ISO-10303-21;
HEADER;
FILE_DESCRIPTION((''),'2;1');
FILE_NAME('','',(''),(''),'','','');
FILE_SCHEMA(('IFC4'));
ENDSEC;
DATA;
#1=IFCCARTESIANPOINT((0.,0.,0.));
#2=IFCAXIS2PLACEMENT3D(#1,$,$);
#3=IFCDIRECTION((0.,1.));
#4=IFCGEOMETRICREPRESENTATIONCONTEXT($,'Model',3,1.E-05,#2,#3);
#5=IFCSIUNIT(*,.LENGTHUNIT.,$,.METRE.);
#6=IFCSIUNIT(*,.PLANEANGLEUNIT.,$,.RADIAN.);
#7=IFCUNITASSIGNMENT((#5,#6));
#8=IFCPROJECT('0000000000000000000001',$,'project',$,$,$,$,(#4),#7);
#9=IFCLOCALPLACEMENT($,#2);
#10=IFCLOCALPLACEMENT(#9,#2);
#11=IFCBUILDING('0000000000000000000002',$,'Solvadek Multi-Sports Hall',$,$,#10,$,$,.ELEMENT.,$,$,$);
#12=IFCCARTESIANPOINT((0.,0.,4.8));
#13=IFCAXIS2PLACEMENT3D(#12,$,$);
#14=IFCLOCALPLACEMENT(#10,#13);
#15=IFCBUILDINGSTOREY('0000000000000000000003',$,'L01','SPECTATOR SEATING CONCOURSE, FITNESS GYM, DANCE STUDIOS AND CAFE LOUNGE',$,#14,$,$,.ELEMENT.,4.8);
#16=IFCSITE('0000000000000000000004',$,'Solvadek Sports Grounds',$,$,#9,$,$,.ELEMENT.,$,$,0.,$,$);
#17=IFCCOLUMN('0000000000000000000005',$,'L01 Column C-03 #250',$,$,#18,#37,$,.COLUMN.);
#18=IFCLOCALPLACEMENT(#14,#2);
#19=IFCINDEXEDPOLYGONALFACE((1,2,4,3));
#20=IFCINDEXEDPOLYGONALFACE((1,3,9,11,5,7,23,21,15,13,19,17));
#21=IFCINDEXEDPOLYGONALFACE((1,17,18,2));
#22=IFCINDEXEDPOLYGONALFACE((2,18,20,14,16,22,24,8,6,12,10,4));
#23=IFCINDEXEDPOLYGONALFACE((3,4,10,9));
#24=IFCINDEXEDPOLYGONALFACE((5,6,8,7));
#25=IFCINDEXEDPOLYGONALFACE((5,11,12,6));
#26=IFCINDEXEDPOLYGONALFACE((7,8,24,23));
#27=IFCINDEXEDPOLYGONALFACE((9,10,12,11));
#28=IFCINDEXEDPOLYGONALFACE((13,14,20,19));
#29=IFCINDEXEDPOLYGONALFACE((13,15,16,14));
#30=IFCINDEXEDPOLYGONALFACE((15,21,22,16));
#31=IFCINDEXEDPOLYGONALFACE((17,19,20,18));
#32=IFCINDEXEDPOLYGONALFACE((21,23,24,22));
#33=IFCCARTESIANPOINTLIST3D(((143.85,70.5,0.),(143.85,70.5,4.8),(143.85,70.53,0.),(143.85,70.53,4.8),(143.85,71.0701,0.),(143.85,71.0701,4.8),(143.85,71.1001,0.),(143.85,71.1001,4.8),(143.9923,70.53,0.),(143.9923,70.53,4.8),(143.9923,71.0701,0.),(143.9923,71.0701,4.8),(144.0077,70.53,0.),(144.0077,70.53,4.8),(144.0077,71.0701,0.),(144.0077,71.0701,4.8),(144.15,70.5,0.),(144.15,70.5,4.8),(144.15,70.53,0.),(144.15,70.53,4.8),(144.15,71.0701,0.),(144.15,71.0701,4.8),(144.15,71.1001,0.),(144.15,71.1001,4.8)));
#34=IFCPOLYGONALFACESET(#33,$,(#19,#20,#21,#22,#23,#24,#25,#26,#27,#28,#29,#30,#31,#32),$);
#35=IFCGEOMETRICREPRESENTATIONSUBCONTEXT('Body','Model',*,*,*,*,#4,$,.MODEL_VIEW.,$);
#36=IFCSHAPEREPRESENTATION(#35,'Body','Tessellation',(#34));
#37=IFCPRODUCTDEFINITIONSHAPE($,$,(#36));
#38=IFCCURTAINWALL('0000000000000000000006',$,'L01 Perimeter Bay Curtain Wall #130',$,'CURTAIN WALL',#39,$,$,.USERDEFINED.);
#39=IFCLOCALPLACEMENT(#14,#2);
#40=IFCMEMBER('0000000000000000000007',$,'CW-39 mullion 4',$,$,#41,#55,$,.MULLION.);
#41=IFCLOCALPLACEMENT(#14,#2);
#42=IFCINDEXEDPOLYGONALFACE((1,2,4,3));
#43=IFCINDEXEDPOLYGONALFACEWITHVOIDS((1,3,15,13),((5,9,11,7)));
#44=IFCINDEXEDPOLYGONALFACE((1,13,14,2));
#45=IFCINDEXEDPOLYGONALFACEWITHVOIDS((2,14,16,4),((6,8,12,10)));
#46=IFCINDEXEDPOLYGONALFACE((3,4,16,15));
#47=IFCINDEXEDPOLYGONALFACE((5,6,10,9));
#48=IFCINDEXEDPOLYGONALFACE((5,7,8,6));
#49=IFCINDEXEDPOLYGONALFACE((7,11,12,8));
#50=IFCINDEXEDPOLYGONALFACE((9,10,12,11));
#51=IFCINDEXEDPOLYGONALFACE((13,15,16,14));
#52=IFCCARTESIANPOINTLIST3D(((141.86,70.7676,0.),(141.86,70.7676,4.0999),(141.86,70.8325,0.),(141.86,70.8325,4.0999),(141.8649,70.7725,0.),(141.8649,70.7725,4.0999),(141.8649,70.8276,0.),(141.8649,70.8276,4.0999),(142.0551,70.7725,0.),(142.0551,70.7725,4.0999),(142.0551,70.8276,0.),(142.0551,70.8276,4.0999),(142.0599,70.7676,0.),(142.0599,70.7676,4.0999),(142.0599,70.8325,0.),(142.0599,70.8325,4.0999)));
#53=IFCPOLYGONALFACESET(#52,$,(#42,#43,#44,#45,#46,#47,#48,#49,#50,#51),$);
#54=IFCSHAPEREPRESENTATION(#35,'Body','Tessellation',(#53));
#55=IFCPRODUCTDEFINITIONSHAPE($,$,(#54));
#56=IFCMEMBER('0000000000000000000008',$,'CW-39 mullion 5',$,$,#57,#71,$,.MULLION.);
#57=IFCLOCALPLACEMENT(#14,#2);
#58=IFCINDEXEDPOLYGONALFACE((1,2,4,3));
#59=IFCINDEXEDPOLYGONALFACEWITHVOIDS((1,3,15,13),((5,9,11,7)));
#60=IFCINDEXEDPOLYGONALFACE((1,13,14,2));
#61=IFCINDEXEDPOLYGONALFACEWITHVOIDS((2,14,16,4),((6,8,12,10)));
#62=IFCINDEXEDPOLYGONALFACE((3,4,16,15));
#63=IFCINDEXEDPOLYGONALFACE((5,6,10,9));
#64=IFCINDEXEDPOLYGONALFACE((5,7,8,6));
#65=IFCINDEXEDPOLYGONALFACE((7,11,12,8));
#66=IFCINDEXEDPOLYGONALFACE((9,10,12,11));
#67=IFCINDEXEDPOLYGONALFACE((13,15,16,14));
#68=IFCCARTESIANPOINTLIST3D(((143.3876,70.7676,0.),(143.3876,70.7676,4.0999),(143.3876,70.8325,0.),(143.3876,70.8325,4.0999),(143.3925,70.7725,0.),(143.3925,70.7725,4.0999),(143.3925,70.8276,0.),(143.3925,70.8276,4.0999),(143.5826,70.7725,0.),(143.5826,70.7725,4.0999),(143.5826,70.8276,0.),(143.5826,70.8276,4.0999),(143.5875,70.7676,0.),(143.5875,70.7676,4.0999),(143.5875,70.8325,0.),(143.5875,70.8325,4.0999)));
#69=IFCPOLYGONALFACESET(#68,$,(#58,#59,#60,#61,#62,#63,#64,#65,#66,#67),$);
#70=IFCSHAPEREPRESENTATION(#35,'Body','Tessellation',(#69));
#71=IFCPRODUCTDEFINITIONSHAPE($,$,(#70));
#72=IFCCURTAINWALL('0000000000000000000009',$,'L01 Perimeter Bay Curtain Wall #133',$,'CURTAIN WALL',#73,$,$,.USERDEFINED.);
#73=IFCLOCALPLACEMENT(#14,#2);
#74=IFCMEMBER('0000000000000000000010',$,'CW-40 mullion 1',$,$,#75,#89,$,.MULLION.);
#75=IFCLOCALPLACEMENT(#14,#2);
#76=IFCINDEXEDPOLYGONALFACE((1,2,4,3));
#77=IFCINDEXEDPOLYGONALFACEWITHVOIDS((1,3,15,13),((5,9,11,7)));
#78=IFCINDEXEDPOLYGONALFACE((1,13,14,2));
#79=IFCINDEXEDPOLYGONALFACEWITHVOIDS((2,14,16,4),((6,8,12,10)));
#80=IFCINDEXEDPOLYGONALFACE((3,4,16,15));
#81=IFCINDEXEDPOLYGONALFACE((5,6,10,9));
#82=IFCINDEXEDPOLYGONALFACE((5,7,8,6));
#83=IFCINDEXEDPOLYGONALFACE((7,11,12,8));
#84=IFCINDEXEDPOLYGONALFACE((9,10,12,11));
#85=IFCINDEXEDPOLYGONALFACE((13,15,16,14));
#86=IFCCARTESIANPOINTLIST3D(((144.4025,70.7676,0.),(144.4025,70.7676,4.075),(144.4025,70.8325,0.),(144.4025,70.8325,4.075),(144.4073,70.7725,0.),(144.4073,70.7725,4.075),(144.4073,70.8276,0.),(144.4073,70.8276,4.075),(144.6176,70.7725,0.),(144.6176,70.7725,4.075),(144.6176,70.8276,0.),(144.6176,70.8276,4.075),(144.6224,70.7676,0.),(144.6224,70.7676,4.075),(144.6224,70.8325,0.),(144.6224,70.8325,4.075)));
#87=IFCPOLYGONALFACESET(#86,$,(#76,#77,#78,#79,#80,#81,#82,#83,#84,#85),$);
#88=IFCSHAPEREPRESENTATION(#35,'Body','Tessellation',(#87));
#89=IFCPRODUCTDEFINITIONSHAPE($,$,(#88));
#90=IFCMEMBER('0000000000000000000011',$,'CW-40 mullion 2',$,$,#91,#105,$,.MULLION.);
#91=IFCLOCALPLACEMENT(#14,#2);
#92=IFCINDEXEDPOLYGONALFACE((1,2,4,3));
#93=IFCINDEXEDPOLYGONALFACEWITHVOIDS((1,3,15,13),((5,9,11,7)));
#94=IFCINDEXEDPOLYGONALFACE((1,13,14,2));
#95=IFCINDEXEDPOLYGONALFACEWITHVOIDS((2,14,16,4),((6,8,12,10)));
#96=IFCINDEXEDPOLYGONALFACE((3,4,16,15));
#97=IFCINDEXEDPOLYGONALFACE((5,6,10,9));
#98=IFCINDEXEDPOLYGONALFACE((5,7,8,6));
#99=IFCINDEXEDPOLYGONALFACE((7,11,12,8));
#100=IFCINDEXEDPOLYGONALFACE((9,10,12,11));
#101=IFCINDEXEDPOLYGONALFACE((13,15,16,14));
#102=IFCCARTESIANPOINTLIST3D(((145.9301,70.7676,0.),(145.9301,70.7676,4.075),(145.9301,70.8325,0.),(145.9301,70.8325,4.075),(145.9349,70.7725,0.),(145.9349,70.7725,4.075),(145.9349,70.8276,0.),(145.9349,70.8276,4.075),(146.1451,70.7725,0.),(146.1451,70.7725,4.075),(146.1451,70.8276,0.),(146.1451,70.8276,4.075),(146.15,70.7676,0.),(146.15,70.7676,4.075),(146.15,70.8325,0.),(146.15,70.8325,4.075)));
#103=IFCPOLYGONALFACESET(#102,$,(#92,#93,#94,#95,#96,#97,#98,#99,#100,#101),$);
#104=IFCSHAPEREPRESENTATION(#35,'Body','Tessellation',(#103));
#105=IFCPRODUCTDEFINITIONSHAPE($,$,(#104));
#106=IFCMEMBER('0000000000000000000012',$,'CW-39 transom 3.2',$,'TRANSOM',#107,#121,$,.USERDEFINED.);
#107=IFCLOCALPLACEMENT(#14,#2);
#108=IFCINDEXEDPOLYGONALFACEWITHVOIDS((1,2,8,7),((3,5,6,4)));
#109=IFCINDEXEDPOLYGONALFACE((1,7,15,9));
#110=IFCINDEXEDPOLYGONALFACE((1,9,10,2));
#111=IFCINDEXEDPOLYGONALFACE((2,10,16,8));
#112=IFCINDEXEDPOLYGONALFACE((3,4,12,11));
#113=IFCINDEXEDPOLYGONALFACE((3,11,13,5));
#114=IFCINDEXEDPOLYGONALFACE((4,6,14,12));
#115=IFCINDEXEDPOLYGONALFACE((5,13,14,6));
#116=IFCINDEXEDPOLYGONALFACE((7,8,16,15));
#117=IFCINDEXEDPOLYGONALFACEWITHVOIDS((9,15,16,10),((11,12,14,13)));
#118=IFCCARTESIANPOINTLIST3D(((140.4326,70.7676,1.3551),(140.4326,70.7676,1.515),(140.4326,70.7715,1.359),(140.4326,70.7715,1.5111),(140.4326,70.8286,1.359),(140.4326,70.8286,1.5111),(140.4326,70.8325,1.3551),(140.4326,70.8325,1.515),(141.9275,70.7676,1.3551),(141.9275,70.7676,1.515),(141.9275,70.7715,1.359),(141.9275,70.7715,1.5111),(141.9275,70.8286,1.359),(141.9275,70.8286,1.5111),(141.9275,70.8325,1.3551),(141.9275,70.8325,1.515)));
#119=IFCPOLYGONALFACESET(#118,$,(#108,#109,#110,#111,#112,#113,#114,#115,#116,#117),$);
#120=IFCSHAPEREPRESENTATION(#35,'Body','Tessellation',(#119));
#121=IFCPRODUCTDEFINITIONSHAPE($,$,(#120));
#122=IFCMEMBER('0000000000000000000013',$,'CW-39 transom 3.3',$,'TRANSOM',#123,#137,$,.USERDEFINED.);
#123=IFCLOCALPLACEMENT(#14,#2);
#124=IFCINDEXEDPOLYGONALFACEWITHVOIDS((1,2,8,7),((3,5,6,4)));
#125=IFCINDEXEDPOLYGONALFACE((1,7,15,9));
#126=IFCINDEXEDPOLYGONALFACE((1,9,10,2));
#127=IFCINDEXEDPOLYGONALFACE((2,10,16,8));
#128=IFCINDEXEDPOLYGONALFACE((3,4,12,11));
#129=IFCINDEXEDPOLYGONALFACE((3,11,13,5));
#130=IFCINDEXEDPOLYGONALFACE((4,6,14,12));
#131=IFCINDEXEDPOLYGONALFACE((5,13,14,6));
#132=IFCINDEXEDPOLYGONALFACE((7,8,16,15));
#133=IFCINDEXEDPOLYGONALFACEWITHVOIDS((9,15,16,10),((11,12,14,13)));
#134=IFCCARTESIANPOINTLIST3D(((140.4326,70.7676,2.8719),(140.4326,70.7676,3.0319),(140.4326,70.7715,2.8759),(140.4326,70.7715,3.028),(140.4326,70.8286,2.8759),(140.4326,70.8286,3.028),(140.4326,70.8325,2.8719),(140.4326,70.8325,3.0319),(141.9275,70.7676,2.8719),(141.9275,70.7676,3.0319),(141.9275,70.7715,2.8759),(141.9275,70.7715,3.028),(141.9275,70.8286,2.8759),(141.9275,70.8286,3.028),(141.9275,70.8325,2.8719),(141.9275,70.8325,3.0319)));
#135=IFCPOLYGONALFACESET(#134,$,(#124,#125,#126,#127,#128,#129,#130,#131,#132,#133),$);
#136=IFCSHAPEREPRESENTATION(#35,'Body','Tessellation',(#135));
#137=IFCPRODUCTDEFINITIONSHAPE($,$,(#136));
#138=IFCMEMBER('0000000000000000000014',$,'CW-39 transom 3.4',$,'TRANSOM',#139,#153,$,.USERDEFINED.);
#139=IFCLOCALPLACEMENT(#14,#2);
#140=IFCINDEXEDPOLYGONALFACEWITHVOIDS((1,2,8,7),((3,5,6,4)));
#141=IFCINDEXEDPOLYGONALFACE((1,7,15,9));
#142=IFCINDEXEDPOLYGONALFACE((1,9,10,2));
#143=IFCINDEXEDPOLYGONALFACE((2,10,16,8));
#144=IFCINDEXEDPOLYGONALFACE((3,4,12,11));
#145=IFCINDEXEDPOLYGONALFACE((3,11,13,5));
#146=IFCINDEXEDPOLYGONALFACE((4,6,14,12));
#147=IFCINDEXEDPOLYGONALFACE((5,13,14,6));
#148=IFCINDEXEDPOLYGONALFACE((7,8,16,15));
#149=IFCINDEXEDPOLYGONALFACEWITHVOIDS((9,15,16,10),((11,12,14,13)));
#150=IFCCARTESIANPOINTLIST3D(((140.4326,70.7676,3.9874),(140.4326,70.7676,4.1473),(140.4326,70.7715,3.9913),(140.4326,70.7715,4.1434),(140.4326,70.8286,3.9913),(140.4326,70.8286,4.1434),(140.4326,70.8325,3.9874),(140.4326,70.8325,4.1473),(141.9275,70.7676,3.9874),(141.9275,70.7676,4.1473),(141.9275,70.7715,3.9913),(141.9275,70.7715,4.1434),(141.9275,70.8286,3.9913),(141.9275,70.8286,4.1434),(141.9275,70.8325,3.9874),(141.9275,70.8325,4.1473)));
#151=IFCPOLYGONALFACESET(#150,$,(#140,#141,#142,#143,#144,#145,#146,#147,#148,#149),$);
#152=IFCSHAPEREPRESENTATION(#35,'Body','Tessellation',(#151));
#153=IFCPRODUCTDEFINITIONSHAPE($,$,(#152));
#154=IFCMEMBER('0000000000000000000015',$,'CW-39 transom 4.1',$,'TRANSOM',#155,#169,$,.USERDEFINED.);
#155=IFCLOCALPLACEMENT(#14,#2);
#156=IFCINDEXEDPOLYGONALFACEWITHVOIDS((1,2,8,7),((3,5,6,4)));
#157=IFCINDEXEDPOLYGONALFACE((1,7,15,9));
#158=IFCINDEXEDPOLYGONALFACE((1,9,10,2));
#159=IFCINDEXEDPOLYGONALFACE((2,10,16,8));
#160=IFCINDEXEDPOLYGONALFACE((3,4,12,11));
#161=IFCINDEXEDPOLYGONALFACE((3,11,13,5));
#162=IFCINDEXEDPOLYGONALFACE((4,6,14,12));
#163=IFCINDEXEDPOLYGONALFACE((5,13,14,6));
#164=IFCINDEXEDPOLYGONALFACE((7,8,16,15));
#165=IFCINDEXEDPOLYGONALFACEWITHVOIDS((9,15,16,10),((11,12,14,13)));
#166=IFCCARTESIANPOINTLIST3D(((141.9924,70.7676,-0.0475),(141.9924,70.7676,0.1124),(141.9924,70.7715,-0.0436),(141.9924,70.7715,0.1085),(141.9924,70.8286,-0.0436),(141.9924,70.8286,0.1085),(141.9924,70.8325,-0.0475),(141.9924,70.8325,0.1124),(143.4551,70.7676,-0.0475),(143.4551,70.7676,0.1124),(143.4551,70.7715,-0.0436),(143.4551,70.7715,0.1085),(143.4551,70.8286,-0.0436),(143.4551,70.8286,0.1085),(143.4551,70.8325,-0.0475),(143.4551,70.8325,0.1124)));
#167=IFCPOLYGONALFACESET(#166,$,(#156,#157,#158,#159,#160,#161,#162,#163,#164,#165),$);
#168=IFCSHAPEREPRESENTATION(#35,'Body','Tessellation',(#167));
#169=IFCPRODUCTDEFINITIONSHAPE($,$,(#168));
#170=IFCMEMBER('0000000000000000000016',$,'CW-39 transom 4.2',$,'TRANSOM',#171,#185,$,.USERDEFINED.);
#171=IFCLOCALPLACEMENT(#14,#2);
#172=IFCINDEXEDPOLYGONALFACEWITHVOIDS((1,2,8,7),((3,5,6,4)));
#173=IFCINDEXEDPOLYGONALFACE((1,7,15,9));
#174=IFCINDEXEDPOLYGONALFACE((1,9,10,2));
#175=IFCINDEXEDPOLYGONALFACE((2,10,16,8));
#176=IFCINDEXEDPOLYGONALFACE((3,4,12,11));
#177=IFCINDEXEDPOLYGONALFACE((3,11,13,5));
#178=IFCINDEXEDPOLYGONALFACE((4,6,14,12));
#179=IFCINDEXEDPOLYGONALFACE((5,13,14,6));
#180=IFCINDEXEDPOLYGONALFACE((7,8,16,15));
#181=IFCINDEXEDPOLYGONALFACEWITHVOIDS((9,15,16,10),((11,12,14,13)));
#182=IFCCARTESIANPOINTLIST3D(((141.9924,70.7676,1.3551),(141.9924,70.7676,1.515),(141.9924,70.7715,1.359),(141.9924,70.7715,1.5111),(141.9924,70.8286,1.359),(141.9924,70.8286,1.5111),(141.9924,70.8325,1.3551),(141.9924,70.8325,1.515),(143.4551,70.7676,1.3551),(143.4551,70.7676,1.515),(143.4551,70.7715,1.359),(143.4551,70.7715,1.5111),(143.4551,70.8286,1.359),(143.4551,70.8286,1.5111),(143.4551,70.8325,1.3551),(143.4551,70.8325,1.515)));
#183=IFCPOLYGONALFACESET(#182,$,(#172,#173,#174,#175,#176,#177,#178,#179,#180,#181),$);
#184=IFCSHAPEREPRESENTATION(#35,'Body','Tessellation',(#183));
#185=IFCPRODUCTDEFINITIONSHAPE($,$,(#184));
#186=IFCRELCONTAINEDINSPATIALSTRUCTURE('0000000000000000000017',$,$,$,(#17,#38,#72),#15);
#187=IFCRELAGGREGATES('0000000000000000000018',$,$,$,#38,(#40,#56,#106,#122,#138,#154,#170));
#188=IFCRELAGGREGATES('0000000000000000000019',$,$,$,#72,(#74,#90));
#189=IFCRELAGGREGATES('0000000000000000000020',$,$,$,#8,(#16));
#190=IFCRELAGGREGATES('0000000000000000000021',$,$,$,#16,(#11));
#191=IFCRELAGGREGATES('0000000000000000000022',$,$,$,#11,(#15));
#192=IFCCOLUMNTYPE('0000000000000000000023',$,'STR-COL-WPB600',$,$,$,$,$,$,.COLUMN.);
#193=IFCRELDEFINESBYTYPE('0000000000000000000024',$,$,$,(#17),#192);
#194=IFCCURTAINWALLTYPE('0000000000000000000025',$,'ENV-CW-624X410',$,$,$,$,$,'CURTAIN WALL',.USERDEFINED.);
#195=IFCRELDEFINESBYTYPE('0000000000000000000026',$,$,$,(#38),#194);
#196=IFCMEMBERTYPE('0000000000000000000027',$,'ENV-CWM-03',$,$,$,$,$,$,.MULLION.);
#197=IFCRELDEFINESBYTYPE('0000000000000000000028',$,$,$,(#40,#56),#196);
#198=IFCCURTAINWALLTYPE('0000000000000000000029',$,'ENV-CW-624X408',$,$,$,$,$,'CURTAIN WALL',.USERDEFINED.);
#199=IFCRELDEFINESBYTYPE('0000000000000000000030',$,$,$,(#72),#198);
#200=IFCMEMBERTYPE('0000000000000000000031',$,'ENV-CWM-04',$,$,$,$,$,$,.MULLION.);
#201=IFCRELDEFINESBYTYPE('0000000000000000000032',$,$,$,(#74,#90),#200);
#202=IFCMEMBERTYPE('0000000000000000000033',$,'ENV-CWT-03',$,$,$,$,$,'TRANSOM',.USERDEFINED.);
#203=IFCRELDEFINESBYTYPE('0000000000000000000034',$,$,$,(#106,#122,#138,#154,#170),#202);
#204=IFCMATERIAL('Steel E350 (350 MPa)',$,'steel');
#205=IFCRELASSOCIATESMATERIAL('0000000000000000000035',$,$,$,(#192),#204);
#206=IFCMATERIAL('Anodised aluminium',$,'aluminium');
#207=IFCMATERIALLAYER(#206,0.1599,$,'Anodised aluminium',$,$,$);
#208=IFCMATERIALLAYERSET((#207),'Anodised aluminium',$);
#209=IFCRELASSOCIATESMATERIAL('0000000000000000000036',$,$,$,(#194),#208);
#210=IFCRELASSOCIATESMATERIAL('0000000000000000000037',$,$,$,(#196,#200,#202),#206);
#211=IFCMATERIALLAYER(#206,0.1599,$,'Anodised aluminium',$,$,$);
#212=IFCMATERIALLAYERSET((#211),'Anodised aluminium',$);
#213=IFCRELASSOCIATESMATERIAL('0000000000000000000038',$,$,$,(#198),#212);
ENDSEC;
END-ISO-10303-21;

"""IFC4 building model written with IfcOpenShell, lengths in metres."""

from ifc_helpers import new_model, si_unit, direction, frame, origin, origin_2d, place, context, subcontext, project, spatial, hollow_rectangle, i_section, extrude, material, layer, layer_set, material_profile, profile_set, type_object, element, aggregate, save


model = new_model("IFC4")

# Units and contexts
model_context = context("Model", 3, precision=1e-05, world=origin(), true_north=direction((0.0, 1.0)))
body_context = subcontext(model_context, "Body", "Model", "MODEL_VIEW")
ifc_project = project(units=[si_unit("LENGTHUNIT", "METRE"), si_unit("PLANEANGLEUNIT", "RADIAN")], contexts=[model_context])

# Site, building, storey
site_placement = place(None, origin())
site = spatial("IfcSite", under=ifc_project, at=site_placement, Name="Solvadek Sports Grounds", CompositionType="ELEMENT", RefElevation=0.0)
building_placement = place(site_placement, origin())
building = spatial("IfcBuilding", under=site, at=building_placement, Name="Solvadek Multi-Sports Hall", CompositionType="ELEMENT")
storey_placement = place(building_placement, frame((0.0, 0.0, 4.8)))
storey = spatial("IfcBuildingStorey", under=building, at=storey_placement, Name="L01", Description="SPECTATOR SEATING CONCOURSE, FITNESS GYM, DANCE STUDIOS AND CAFE LOUNGE", CompositionType="ELEMENT", Elevation=4.8)

# Column
ifc_material_1 = material(Name="Steel E350 (350 MPa)", Category="steel")
ifc_material_profile_1 = material_profile(ifc_material_1, i_section(OverallWidth=0.3, OverallDepth=0.6001, WebThickness=0.0154, FlangeThickness=0.03, at=origin_2d()), Name="WPB 600")
ifc_profile_set_1 = profile_set([ifc_material_profile_1], Name="Steel E350 (350 MPa)")
column_type = type_object("IfcColumnType", Name="STR-COL-WPB600", PredefinedType="COLUMN", material=ifc_profile_set_1)
column_placement = place(storey_placement, frame((144.0, 70.8, 0.0), z_axis=(0.0, 0.0, 1.0), x_axis=(1.0, 0.0, 0.0)))
element("IfcColumn", 1, at=column_placement, inside=storey, type_object=column_type, Name="L01 Column C-03 #250", PredefinedType="COLUMN", context=body_context, shape_type="SweptSolid", body=[
    extrude(i_section(OverallWidth=0.3, OverallDepth=0.6001, WebThickness=0.0154, FlangeThickness=0.03, at=origin_2d()), origin(), (0.0, 0.0, 1.0), 4.8),
])

# Curtain walls, members
ifc_material_2 = material(Name="Anodised aluminium", Category="aluminium")
ifc_layer_1 = layer(ifc_material_2, 0.1599, Name="Anodised aluminium")
ifc_layer_set_1 = layer_set([ifc_layer_1], Name="Anodised aluminium")
curtain_wall_type_1 = type_object("IfcCurtainWallType", Name="ENV-CW-624X410", ElementType="CURTAIN WALL", PredefinedType="USERDEFINED", material=ifc_layer_set_1)
curtain_wall_1_placement = place(storey_placement, origin())
curtain_wall_1 = element("IfcCurtainWall", 2, at=curtain_wall_1_placement, inside=storey, type_object=curtain_wall_type_1, Name="L01 Perimeter Bay Curtain Wall #130", ObjectType="CURTAIN WALL", PredefinedType="USERDEFINED")
ifc_material_profile_2 = material_profile(ifc_material_2, hollow_rectangle(XDim=0.0649, YDim=0.2, WallThickness=0.0049, at=origin_2d()), Name="ALU-M 200x65x5")
ifc_profile_set_2 = profile_set([ifc_material_profile_2], Name="Anodised aluminium")
member_type_1 = type_object("IfcMemberType", Name="ENV-CWM-03", PredefinedType="MULLION", material=ifc_profile_set_2)
member_1_placement = place(storey_placement, frame((141.96, 70.8, 0.0), z_axis=(0.0, 0.0, 1.0), x_axis=(0.0, 1.0, 0.0)))
member_1 = element("IfcMember", 3, at=member_1_placement, type_object=member_type_1, Name="CW-39 mullion 4", PredefinedType="MULLION", context=body_context, shape_type="SweptSolid", body=[
    extrude(hollow_rectangle(XDim=0.0649, YDim=0.2, WallThickness=0.0049, at=origin_2d()), origin(), (0.0, 0.0, 1.0), 4.0999),
])
member_2_placement = place(storey_placement, frame((143.4875, 70.8, 0.0), z_axis=(0.0, 0.0, 1.0), x_axis=(0.0, 1.0, 0.0)))
member_2 = element("IfcMember", 4, at=member_2_placement, type_object=member_type_1, Name="CW-39 mullion 5", PredefinedType="MULLION", context=body_context, shape_type="SweptSolid", body=[
    extrude(hollow_rectangle(XDim=0.0649, YDim=0.2, WallThickness=0.0049, at=origin_2d()), origin(), (0.0, 0.0, 1.0), 4.0999),
])
ifc_layer_2 = layer(ifc_material_2, 0.1599, Name="Anodised aluminium")
ifc_layer_set_2 = layer_set([ifc_layer_2], Name="Anodised aluminium")
curtain_wall_type_2 = type_object("IfcCurtainWallType", Name="ENV-CW-624X408", ElementType="CURTAIN WALL", PredefinedType="USERDEFINED", material=ifc_layer_set_2)
curtain_wall_2_placement = place(storey_placement, origin())
curtain_wall_2 = element("IfcCurtainWall", 5, at=curtain_wall_2_placement, inside=storey, type_object=curtain_wall_type_2, Name="L01 Perimeter Bay Curtain Wall #133", ObjectType="CURTAIN WALL", PredefinedType="USERDEFINED")
ifc_material_profile_3 = material_profile(ifc_material_2, hollow_rectangle(XDim=0.0649, YDim=0.22, WallThickness=0.0049, at=origin_2d()), Name="ALU-M 220x65x5")
ifc_profile_set_3 = profile_set([ifc_material_profile_3], Name="Anodised aluminium")
member_type_2 = type_object("IfcMemberType", Name="ENV-CWM-04", PredefinedType="MULLION", material=ifc_profile_set_3)
member_3_placement = place(storey_placement, frame((144.5125, 70.8, 0.0), z_axis=(0.0, 0.0, 1.0), x_axis=(0.0, 1.0, 0.0)))
member_3 = element("IfcMember", 6, at=member_3_placement, type_object=member_type_2, Name="CW-40 mullion 1", PredefinedType="MULLION", context=body_context, shape_type="SweptSolid", body=[
    extrude(hollow_rectangle(XDim=0.0649, YDim=0.22, WallThickness=0.0049, at=origin_2d()), origin(), (0.0, 0.0, 1.0), 4.075),
])
member_4_placement = place(storey_placement, frame((146.04, 70.8, 0.0), z_axis=(0.0, 0.0, 1.0), x_axis=(0.0, 1.0, 0.0)))
member_4 = element("IfcMember", 7, at=member_4_placement, type_object=member_type_2, Name="CW-40 mullion 2", PredefinedType="MULLION", context=body_context, shape_type="SweptSolid", body=[
    extrude(hollow_rectangle(XDim=0.0649, YDim=0.22, WallThickness=0.0049, at=origin_2d()), origin(), (0.0, 0.0, 1.0), 4.075),
])

# Members
ifc_material_profile_4 = material_profile(ifc_material_2, hollow_rectangle(XDim=0.0649, YDim=0.1599, WallThickness=0.0039, at=origin_2d()), Name="ALU-T 160x65x4")
ifc_profile_set_4 = profile_set([ifc_material_profile_4], Name="Anodised aluminium")
member_type_3 = type_object("IfcMemberType", Name="ENV-CWT-03", ElementType="TRANSOM", PredefinedType="USERDEFINED", material=ifc_profile_set_4)
member_5_placement = place(storey_placement, frame((140.4326, 70.8, 1.4351), z_axis=(1.0, 0.0, 0.0), x_axis=(0.0, 1.0, 0.0)))
member_5 = element("IfcMember", 8, at=member_5_placement, type_object=member_type_3, Name="CW-39 transom 3.2", ObjectType="TRANSOM", PredefinedType="USERDEFINED", context=body_context, shape_type="SweptSolid", body=[
    extrude(hollow_rectangle(XDim=0.0649, YDim=0.1599, WallThickness=0.0039, at=origin_2d()), origin(), (0.0, 0.0, 1.0), 1.4949),
])
member_6_placement = place(storey_placement, frame((140.4326, 70.8, 2.9519), z_axis=(1.0, 0.0, 0.0), x_axis=(0.0, 1.0, 0.0)))
member_6 = element("IfcMember", 9, at=member_6_placement, type_object=member_type_3, Name="CW-39 transom 3.3", ObjectType="TRANSOM", PredefinedType="USERDEFINED", context=body_context, shape_type="SweptSolid", body=[
    extrude(hollow_rectangle(XDim=0.0649, YDim=0.1599, WallThickness=0.0039, at=origin_2d()), origin(), (0.0, 0.0, 1.0), 1.4949),
])
member_7_placement = place(storey_placement, frame((140.4326, 70.8, 4.0674), z_axis=(1.0, 0.0, 0.0), x_axis=(0.0, 1.0, 0.0)))
member_7 = element("IfcMember", 10, at=member_7_placement, type_object=member_type_3, Name="CW-39 transom 3.4", ObjectType="TRANSOM", PredefinedType="USERDEFINED", context=body_context, shape_type="SweptSolid", body=[
    extrude(hollow_rectangle(XDim=0.0649, YDim=0.1599, WallThickness=0.0039, at=origin_2d()), origin(), (0.0, 0.0, 1.0), 1.4949),
])
member_8_placement = place(storey_placement, frame((141.9924, 70.8, 0.0325), z_axis=(1.0, 0.0, 0.0), x_axis=(0.0, 1.0, 0.0)))
member_8 = element("IfcMember", 11, at=member_8_placement, type_object=member_type_3, Name="CW-39 transom 4.1", ObjectType="TRANSOM", PredefinedType="USERDEFINED", context=body_context, shape_type="SweptSolid", body=[
    extrude(hollow_rectangle(XDim=0.0649, YDim=0.1599, WallThickness=0.0039, at=origin_2d()), origin(), (0.0, 0.0, 1.0), 1.4626),
])
member_9_placement = place(storey_placement, frame((141.9924, 70.8, 1.4351), z_axis=(1.0, 0.0, 0.0), x_axis=(0.0, 1.0, 0.0)))
member_9 = element("IfcMember", 12, at=member_9_placement, type_object=member_type_3, Name="CW-39 transom 4.2", ObjectType="TRANSOM", PredefinedType="USERDEFINED", context=body_context, shape_type="SweptSolid", body=[
    extrude(hollow_rectangle(XDim=0.0649, YDim=0.1599, WallThickness=0.0039, at=origin_2d()), origin(), (0.0, 0.0, 1.0), 1.4626),
])

aggregate(curtain_wall_1, [member_1, member_2, member_5, member_6, member_7, member_8, member_9])
aggregate(curtain_wall_2, [member_3, member_4])

save(model, "model.ifc")
